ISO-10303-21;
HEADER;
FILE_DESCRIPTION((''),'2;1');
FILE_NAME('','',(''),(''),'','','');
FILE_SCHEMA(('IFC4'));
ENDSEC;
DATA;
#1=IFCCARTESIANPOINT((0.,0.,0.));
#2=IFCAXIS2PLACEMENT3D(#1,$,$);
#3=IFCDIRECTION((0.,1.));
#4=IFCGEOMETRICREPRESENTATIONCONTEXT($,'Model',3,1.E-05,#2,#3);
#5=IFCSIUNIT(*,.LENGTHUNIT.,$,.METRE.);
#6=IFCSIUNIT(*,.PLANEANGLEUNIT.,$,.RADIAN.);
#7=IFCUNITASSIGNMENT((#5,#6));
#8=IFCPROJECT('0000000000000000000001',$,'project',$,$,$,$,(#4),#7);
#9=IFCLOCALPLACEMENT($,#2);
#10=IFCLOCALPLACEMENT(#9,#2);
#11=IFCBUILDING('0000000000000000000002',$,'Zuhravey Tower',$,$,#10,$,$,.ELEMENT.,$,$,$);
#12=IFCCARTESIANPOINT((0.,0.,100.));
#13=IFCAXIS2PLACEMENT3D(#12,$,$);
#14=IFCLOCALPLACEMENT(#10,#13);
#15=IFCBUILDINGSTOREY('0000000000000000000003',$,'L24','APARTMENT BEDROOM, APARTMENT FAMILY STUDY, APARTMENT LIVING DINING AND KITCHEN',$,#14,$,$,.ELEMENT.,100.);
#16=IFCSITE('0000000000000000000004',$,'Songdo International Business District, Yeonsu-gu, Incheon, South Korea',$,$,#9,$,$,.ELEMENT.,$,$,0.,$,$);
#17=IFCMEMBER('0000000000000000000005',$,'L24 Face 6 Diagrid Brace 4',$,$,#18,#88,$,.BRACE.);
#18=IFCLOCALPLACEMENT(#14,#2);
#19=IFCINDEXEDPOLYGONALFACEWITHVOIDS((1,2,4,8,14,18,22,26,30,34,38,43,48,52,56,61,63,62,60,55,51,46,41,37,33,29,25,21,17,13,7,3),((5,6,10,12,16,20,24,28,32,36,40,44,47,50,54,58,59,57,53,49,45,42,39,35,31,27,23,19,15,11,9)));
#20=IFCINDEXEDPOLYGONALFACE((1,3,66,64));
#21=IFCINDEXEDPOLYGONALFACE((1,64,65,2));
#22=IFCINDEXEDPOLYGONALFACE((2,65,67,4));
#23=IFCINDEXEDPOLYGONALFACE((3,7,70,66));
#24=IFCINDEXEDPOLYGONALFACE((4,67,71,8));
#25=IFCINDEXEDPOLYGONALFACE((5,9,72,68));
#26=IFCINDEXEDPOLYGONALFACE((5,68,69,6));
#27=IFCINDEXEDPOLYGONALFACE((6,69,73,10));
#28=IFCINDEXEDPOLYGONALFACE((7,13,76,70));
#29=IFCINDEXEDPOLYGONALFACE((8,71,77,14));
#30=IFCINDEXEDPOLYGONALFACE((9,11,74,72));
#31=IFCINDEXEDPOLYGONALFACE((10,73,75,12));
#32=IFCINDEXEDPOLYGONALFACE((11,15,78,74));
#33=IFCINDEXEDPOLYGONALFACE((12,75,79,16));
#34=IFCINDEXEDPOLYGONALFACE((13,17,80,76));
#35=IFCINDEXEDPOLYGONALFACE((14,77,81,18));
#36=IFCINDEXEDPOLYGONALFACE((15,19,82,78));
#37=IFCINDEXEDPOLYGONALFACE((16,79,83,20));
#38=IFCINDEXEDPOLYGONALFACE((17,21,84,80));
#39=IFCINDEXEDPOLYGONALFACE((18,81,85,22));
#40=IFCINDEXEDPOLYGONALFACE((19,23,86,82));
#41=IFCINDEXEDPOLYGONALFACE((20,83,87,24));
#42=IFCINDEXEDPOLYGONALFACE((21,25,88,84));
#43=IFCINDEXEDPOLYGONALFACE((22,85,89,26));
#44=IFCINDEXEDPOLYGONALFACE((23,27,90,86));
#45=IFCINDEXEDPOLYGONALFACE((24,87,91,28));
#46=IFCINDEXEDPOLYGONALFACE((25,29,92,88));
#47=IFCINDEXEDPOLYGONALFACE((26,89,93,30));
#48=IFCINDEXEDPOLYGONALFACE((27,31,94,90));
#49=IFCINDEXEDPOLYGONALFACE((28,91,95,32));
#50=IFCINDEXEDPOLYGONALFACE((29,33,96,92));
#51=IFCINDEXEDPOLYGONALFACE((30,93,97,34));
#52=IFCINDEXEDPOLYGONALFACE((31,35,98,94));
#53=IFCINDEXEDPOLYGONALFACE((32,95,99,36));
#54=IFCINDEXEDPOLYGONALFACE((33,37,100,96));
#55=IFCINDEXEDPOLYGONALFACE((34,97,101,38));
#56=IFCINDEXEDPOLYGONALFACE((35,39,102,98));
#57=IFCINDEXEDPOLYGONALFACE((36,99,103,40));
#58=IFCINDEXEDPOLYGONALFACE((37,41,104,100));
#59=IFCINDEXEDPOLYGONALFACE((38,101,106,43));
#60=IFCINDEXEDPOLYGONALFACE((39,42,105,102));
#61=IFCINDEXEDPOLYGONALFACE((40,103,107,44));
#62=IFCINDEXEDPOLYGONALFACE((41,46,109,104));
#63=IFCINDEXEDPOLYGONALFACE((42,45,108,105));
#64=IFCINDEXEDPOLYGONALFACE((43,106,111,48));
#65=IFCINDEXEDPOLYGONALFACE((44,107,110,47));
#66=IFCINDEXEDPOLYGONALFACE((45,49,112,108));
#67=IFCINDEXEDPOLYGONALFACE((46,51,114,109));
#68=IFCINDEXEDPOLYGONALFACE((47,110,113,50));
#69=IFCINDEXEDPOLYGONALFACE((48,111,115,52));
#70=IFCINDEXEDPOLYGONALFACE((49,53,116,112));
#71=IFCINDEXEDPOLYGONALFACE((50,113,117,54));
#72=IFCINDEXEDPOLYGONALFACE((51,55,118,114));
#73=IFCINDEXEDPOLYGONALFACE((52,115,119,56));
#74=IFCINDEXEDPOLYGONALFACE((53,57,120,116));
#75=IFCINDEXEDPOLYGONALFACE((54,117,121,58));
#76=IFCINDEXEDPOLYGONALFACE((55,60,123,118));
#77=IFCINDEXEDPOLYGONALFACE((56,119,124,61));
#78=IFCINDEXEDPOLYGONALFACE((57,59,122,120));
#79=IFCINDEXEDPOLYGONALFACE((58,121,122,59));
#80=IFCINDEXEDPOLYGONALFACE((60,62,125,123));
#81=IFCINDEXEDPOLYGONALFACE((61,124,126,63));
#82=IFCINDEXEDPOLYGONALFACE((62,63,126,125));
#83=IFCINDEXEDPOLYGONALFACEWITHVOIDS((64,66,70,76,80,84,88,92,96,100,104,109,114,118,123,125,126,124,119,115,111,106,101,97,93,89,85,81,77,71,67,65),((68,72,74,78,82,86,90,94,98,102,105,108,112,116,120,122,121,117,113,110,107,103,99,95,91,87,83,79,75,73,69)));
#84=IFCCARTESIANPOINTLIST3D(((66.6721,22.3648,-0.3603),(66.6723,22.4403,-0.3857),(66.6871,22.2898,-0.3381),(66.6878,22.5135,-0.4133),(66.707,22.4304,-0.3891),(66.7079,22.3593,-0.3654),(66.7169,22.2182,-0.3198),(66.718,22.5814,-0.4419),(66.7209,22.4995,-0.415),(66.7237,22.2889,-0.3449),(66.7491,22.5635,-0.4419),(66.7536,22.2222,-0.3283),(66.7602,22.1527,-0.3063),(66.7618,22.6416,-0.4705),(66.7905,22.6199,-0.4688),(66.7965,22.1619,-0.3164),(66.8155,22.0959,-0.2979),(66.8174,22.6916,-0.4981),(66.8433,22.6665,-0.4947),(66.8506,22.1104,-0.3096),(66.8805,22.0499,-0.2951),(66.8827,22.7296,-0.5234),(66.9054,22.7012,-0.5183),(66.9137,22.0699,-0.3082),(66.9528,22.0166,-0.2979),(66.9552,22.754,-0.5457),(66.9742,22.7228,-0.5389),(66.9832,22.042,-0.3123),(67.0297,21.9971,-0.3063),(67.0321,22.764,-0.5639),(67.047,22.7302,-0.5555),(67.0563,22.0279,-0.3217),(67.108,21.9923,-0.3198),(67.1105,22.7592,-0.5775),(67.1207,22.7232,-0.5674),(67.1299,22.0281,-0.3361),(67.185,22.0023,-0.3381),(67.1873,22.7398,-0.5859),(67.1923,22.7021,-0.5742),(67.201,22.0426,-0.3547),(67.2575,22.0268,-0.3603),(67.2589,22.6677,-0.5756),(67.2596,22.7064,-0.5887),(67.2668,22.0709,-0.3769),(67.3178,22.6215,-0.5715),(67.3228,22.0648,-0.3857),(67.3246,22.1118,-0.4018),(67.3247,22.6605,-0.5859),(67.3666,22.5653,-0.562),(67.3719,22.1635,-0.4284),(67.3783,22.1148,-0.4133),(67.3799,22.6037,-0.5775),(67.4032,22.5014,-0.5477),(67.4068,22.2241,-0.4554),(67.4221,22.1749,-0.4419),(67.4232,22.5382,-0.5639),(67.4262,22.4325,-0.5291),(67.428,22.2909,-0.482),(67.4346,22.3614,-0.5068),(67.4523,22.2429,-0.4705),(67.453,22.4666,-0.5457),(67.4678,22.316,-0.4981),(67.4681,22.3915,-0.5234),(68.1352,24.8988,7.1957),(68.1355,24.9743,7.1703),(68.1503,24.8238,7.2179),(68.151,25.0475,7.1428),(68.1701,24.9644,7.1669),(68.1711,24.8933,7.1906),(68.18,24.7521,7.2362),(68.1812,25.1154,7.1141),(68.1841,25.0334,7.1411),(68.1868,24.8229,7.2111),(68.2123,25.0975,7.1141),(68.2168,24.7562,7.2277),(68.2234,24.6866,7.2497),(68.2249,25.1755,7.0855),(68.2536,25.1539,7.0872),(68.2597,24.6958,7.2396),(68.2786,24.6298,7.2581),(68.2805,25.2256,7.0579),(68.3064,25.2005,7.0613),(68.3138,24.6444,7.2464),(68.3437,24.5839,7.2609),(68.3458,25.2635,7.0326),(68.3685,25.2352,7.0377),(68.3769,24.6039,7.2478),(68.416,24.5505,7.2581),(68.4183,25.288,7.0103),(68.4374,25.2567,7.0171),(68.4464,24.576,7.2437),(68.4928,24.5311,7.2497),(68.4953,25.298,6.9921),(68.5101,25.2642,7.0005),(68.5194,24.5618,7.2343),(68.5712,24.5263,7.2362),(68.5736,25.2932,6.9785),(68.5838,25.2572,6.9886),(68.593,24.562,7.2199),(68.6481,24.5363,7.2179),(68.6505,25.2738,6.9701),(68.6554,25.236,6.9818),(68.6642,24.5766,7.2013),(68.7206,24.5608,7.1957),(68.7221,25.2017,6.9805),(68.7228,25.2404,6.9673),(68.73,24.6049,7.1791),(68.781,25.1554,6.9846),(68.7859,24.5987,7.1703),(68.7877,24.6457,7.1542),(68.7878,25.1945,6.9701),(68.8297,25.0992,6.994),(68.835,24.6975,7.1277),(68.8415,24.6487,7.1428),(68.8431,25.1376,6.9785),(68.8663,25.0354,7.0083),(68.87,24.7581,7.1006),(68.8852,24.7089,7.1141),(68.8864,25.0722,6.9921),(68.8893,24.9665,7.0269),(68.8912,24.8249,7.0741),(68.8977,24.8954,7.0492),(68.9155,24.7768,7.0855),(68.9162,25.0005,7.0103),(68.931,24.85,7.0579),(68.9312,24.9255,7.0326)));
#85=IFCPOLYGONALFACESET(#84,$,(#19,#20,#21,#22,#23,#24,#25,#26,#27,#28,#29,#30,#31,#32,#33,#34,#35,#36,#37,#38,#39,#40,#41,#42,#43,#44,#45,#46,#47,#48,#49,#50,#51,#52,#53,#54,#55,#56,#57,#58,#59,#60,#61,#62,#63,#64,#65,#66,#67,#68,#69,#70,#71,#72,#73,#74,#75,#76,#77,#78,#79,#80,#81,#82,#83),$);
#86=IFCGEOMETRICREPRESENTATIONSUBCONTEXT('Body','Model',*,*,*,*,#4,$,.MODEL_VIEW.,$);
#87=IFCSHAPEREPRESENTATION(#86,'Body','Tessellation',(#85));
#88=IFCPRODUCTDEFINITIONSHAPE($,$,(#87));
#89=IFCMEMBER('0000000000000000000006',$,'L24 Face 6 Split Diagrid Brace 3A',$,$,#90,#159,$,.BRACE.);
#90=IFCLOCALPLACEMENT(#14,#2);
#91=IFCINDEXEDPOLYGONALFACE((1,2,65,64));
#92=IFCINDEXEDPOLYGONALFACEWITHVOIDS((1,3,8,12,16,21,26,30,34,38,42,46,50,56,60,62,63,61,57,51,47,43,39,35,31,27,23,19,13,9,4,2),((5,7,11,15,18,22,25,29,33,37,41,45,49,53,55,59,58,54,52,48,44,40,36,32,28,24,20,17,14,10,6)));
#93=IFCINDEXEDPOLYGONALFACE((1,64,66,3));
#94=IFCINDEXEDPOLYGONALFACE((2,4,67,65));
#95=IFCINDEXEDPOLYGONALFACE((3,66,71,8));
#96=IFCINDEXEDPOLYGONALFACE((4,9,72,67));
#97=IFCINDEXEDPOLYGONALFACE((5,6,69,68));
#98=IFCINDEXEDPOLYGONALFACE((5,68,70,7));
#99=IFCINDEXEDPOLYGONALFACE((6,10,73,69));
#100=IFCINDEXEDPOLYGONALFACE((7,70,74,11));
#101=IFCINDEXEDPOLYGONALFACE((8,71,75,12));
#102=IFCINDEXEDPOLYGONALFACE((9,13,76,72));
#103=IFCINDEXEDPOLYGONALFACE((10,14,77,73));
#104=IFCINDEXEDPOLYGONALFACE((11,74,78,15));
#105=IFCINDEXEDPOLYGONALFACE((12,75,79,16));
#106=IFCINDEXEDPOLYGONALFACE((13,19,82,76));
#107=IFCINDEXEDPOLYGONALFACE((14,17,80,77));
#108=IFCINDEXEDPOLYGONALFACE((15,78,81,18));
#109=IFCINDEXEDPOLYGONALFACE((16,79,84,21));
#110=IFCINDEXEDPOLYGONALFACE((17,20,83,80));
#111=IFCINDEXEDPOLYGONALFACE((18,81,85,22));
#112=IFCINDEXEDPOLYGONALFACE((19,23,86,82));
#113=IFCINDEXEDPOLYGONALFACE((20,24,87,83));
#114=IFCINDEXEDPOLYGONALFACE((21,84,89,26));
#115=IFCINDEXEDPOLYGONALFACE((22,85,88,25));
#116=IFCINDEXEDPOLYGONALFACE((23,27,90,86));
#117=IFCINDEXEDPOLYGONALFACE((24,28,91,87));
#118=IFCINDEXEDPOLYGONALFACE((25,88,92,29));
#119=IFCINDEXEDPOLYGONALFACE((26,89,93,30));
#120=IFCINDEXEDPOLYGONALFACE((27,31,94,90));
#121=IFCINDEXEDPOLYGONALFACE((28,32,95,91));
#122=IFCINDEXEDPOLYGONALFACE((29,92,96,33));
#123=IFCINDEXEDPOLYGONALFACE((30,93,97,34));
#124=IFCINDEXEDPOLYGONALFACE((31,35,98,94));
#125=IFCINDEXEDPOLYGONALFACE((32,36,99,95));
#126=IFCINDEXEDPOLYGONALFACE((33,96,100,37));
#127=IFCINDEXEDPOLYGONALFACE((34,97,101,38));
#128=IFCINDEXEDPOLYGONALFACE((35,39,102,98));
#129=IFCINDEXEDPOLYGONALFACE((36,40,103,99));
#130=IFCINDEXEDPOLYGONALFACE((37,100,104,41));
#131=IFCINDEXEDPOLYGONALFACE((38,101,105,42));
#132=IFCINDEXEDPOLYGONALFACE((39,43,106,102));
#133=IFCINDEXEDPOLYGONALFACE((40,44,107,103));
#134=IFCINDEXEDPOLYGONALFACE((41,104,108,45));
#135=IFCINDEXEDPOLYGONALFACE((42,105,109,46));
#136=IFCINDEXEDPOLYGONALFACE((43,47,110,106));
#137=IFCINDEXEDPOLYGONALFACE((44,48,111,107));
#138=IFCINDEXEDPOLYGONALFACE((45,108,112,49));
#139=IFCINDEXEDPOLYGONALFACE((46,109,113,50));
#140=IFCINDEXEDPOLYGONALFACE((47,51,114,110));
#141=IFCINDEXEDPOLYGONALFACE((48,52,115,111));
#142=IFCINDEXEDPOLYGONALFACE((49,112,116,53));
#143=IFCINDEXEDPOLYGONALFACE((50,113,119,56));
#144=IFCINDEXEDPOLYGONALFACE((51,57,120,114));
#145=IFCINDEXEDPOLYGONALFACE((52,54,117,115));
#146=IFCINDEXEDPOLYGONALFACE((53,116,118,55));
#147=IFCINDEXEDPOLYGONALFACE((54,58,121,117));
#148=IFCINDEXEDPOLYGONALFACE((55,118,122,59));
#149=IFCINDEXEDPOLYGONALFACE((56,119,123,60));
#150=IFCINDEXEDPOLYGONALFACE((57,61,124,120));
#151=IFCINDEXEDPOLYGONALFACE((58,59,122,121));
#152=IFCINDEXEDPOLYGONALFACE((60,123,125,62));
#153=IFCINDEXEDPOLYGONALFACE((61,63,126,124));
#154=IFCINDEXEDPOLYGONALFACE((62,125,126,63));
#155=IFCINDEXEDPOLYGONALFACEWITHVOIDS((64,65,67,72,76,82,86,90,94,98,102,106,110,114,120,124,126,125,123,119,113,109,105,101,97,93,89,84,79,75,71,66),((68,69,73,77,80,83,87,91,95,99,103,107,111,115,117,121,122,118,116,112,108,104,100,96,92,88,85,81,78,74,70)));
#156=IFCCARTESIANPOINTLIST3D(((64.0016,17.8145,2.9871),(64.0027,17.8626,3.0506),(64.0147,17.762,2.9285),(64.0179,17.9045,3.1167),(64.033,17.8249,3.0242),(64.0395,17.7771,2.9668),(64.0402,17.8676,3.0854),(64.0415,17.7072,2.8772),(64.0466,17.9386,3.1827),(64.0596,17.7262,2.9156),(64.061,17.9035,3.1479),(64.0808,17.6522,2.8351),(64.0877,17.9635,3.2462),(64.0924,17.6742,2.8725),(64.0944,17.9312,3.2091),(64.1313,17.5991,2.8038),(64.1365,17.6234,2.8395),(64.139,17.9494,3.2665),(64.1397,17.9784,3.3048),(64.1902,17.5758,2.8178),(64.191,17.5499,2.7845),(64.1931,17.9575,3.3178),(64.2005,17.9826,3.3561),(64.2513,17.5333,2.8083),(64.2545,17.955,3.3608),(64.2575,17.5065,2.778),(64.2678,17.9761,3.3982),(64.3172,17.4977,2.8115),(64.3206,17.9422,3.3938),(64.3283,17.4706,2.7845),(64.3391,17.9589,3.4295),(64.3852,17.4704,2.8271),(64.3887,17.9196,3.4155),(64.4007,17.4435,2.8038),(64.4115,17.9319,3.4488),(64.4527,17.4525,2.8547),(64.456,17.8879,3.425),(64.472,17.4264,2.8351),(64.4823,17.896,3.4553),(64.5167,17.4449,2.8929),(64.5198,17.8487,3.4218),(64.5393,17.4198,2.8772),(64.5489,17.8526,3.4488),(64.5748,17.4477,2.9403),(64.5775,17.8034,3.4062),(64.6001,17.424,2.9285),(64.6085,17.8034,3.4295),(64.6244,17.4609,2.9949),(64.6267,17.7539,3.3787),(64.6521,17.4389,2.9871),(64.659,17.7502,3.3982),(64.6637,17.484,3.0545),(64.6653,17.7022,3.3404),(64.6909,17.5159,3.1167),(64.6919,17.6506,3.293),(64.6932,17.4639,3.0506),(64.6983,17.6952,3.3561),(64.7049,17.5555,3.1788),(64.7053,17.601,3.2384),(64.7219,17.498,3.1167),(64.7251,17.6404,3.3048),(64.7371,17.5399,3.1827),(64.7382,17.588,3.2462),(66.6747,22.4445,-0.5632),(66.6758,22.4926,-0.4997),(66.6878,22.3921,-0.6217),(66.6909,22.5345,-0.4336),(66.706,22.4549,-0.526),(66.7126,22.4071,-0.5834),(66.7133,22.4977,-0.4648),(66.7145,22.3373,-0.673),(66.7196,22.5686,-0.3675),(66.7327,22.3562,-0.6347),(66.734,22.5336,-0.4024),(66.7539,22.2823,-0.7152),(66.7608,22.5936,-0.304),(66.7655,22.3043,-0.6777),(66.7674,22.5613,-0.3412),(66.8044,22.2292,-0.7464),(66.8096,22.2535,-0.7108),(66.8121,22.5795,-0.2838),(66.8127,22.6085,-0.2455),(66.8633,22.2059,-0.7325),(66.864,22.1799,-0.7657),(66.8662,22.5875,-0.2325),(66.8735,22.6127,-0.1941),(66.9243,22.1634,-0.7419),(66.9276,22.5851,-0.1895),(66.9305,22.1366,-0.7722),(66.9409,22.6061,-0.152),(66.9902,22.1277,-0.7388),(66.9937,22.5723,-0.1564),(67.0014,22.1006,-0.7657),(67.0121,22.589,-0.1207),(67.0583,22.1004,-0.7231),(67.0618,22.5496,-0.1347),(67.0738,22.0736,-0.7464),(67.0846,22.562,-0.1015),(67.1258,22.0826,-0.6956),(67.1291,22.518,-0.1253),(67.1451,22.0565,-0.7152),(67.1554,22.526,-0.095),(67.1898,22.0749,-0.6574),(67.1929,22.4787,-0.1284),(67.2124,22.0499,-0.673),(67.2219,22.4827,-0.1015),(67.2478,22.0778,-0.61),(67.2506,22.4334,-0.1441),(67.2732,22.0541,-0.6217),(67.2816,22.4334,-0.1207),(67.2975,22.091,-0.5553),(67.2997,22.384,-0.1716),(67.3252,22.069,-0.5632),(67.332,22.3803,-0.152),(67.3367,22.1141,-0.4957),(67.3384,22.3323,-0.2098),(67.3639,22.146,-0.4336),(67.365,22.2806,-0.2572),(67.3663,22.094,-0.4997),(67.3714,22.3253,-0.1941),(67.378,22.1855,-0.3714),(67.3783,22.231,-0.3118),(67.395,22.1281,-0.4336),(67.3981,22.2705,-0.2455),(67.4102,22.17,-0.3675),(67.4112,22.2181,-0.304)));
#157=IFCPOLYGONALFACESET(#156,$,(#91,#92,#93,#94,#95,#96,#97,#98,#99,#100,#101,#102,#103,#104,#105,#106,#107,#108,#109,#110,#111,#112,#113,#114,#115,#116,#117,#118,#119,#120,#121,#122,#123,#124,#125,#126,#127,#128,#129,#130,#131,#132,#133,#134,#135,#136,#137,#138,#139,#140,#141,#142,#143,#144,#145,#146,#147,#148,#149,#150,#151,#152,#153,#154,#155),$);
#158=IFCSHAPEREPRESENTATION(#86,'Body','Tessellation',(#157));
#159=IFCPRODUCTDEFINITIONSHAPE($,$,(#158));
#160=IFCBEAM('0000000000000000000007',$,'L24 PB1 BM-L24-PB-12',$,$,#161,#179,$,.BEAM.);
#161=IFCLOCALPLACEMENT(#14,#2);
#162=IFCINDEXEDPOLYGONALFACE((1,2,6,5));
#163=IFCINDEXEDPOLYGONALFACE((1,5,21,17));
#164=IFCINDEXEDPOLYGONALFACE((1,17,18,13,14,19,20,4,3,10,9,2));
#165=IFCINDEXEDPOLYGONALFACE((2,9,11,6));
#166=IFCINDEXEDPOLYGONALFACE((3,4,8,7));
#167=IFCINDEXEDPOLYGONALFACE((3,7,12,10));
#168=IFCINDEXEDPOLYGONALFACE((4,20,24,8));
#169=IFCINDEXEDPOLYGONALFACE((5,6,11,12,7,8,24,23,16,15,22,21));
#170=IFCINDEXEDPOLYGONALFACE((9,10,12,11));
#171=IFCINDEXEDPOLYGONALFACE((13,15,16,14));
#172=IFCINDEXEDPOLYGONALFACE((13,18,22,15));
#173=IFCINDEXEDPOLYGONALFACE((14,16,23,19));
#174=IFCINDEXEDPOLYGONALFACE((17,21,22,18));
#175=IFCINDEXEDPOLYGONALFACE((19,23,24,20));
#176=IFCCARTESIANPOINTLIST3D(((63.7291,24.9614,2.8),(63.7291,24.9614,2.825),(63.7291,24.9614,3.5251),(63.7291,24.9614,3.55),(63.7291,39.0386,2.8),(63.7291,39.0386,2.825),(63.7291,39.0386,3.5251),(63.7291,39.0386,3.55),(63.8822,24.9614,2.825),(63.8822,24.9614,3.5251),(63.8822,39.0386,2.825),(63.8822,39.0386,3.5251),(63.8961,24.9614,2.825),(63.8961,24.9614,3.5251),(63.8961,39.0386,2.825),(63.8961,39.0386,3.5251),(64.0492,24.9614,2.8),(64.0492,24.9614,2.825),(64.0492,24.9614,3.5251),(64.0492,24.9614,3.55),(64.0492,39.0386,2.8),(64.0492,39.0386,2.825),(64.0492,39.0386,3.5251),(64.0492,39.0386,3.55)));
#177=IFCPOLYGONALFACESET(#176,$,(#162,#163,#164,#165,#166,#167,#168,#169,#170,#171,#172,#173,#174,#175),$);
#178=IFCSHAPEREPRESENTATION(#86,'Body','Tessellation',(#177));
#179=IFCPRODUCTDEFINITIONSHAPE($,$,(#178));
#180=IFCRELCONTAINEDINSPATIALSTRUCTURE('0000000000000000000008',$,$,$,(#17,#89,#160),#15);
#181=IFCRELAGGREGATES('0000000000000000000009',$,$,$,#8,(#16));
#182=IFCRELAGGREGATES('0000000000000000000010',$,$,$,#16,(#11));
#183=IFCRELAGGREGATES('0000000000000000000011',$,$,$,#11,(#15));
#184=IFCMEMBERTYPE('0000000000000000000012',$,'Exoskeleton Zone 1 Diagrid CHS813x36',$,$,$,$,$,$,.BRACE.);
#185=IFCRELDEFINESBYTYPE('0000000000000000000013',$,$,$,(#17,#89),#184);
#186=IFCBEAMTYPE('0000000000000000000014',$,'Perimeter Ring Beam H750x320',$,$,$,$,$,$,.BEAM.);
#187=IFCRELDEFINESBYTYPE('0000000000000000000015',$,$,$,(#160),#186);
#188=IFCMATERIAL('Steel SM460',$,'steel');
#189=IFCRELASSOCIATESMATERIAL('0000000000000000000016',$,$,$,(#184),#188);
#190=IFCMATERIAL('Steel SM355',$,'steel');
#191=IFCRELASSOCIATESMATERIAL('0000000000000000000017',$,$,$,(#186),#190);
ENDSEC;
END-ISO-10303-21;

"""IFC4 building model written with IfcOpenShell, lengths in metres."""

from ifc_helpers import new_model, si_unit, direction, frame, origin, origin_2d, place, context, subcontext, project, spatial, hollow_circle, i_section, extrude, material, material_profile, profile_set, type_object, element, save


model = new_model("IFC4")

# Units and contexts
model_context = context("Model", 3, precision=1e-05, world=origin(), true_north=direction((0.0, 1.0)))
body_context = subcontext(model_context, "Body", "Model", "MODEL_VIEW")
ifc_project = project(units=[si_unit("LENGTHUNIT", "METRE"), si_unit("PLANEANGLEUNIT", "RADIAN")], contexts=[model_context])

# Site, building, storey
site_placement = place(None, origin())
site = spatial("IfcSite", under=ifc_project, at=site_placement, Name="Songdo International Business District, Yeonsu-gu, Incheon, South Korea", CompositionType="ELEMENT", RefElevation=0.0)
building_placement = place(site_placement, origin())
building = spatial("IfcBuilding", under=site, at=building_placement, Name="Zuhravey Tower", CompositionType="ELEMENT")
storey_placement = place(building_placement, frame((0.0, 0.0, 100.0)))
storey = spatial("IfcBuildingStorey", under=building, at=storey_placement, Name="L24", Description="APARTMENT BEDROOM, APARTMENT FAMILY STUDY, APARTMENT LIVING DINING AND KITCHEN", CompositionType="ELEMENT", Elevation=100.0)

# Members
ifc_material_1 = material(Name="Steel SM460", Category="steel")
ifc_material_profile_1 = material_profile(ifc_material_1, hollow_circle(Radius=0.4065, WallThickness=0.0359, at=origin_2d()), Name="CHS-812.8x36")
ifc_profile_set_1 = profile_set([ifc_material_profile_1], Name="Steel SM460")
member_type_1 = type_object("IfcMemberType", Name="Exoskeleton Zone 1 Diagrid CHS813x36", PredefinedType="BRACE", material=ifc_profile_set_1)
member_1_placement = place(storey_placement, frame((67.0701, 22.3782, -0.4419), z_axis=(0.180574, 0.312728, 0.93252), x_axis=(-0.866001, 0.500043, 0.0)))
element("IfcMember", 1, at=member_1_placement, inside=storey, type_object=member_type_1, Name="L24 Face 6 Diagrid Brace 4", PredefinedType="BRACE", context=body_context, shape_type="SweptSolid", body=[
    extrude(hollow_circle(Radius=0.4065, WallThickness=0.0359, at=origin_2d()), origin(), (0.0, 0.0, 1.0), 8.1028),
])
member_2_placement = place(storey_placement, frame((67.043, 22.3313, -0.4336), z_axis=(-0.416513, -0.721451, 0.553195), x_axis=(0.866034, -0.499985, 0.0)))
element("IfcMember", 2, at=member_2_placement, inside=storey, type_object=member_type_1, Name="L24 Face 6 Split Diagrid Brace 3A", PredefinedType="BRACE", context=body_context, shape_type="SweptSolid", body=[
    extrude(hollow_circle(Radius=0.4065, WallThickness=0.0359, at=origin_2d()), origin(), (0.0, 0.0, 1.0), 6.4177),
])

# Beam
ifc_material_2 = material(Name="Steel SM355", Category="steel")
ifc_material_profile_2 = material_profile(ifc_material_2, i_section(OverallWidth=0.3201, OverallDepth=0.75, WebThickness=0.0139, FlangeThickness=0.0249, at=origin_2d()), Name="H-750x320x14x25")
ifc_profile_set_2 = profile_set([ifc_material_profile_2], Name="Steel SM355")
beam_type_1 = type_object("IfcBeamType", Name="Perimeter Ring Beam H750x320", PredefinedType="BEAM", material=ifc_profile_set_2)
beam_1_placement = place(storey_placement, frame((63.8892, 24.9614, 3.175), z_axis=(0.0, 1.0, 0.0), x_axis=(-1.0, 0.0, 0.0)))
element("IfcBeam", 3, at=beam_1_placement, inside=storey, type_object=beam_type_1, Name="L24 PB1 BM-L24-PB-12", PredefinedType="BEAM", context=body_context, shape_type="SweptSolid", body=[
    extrude(i_section(OverallWidth=0.3201, OverallDepth=0.75, WebThickness=0.0139, FlangeThickness=0.0249, at=origin_2d()), origin(), (0.0, 0.0, 1.0), 14.0771),
])

save(model, "model.ifc")
